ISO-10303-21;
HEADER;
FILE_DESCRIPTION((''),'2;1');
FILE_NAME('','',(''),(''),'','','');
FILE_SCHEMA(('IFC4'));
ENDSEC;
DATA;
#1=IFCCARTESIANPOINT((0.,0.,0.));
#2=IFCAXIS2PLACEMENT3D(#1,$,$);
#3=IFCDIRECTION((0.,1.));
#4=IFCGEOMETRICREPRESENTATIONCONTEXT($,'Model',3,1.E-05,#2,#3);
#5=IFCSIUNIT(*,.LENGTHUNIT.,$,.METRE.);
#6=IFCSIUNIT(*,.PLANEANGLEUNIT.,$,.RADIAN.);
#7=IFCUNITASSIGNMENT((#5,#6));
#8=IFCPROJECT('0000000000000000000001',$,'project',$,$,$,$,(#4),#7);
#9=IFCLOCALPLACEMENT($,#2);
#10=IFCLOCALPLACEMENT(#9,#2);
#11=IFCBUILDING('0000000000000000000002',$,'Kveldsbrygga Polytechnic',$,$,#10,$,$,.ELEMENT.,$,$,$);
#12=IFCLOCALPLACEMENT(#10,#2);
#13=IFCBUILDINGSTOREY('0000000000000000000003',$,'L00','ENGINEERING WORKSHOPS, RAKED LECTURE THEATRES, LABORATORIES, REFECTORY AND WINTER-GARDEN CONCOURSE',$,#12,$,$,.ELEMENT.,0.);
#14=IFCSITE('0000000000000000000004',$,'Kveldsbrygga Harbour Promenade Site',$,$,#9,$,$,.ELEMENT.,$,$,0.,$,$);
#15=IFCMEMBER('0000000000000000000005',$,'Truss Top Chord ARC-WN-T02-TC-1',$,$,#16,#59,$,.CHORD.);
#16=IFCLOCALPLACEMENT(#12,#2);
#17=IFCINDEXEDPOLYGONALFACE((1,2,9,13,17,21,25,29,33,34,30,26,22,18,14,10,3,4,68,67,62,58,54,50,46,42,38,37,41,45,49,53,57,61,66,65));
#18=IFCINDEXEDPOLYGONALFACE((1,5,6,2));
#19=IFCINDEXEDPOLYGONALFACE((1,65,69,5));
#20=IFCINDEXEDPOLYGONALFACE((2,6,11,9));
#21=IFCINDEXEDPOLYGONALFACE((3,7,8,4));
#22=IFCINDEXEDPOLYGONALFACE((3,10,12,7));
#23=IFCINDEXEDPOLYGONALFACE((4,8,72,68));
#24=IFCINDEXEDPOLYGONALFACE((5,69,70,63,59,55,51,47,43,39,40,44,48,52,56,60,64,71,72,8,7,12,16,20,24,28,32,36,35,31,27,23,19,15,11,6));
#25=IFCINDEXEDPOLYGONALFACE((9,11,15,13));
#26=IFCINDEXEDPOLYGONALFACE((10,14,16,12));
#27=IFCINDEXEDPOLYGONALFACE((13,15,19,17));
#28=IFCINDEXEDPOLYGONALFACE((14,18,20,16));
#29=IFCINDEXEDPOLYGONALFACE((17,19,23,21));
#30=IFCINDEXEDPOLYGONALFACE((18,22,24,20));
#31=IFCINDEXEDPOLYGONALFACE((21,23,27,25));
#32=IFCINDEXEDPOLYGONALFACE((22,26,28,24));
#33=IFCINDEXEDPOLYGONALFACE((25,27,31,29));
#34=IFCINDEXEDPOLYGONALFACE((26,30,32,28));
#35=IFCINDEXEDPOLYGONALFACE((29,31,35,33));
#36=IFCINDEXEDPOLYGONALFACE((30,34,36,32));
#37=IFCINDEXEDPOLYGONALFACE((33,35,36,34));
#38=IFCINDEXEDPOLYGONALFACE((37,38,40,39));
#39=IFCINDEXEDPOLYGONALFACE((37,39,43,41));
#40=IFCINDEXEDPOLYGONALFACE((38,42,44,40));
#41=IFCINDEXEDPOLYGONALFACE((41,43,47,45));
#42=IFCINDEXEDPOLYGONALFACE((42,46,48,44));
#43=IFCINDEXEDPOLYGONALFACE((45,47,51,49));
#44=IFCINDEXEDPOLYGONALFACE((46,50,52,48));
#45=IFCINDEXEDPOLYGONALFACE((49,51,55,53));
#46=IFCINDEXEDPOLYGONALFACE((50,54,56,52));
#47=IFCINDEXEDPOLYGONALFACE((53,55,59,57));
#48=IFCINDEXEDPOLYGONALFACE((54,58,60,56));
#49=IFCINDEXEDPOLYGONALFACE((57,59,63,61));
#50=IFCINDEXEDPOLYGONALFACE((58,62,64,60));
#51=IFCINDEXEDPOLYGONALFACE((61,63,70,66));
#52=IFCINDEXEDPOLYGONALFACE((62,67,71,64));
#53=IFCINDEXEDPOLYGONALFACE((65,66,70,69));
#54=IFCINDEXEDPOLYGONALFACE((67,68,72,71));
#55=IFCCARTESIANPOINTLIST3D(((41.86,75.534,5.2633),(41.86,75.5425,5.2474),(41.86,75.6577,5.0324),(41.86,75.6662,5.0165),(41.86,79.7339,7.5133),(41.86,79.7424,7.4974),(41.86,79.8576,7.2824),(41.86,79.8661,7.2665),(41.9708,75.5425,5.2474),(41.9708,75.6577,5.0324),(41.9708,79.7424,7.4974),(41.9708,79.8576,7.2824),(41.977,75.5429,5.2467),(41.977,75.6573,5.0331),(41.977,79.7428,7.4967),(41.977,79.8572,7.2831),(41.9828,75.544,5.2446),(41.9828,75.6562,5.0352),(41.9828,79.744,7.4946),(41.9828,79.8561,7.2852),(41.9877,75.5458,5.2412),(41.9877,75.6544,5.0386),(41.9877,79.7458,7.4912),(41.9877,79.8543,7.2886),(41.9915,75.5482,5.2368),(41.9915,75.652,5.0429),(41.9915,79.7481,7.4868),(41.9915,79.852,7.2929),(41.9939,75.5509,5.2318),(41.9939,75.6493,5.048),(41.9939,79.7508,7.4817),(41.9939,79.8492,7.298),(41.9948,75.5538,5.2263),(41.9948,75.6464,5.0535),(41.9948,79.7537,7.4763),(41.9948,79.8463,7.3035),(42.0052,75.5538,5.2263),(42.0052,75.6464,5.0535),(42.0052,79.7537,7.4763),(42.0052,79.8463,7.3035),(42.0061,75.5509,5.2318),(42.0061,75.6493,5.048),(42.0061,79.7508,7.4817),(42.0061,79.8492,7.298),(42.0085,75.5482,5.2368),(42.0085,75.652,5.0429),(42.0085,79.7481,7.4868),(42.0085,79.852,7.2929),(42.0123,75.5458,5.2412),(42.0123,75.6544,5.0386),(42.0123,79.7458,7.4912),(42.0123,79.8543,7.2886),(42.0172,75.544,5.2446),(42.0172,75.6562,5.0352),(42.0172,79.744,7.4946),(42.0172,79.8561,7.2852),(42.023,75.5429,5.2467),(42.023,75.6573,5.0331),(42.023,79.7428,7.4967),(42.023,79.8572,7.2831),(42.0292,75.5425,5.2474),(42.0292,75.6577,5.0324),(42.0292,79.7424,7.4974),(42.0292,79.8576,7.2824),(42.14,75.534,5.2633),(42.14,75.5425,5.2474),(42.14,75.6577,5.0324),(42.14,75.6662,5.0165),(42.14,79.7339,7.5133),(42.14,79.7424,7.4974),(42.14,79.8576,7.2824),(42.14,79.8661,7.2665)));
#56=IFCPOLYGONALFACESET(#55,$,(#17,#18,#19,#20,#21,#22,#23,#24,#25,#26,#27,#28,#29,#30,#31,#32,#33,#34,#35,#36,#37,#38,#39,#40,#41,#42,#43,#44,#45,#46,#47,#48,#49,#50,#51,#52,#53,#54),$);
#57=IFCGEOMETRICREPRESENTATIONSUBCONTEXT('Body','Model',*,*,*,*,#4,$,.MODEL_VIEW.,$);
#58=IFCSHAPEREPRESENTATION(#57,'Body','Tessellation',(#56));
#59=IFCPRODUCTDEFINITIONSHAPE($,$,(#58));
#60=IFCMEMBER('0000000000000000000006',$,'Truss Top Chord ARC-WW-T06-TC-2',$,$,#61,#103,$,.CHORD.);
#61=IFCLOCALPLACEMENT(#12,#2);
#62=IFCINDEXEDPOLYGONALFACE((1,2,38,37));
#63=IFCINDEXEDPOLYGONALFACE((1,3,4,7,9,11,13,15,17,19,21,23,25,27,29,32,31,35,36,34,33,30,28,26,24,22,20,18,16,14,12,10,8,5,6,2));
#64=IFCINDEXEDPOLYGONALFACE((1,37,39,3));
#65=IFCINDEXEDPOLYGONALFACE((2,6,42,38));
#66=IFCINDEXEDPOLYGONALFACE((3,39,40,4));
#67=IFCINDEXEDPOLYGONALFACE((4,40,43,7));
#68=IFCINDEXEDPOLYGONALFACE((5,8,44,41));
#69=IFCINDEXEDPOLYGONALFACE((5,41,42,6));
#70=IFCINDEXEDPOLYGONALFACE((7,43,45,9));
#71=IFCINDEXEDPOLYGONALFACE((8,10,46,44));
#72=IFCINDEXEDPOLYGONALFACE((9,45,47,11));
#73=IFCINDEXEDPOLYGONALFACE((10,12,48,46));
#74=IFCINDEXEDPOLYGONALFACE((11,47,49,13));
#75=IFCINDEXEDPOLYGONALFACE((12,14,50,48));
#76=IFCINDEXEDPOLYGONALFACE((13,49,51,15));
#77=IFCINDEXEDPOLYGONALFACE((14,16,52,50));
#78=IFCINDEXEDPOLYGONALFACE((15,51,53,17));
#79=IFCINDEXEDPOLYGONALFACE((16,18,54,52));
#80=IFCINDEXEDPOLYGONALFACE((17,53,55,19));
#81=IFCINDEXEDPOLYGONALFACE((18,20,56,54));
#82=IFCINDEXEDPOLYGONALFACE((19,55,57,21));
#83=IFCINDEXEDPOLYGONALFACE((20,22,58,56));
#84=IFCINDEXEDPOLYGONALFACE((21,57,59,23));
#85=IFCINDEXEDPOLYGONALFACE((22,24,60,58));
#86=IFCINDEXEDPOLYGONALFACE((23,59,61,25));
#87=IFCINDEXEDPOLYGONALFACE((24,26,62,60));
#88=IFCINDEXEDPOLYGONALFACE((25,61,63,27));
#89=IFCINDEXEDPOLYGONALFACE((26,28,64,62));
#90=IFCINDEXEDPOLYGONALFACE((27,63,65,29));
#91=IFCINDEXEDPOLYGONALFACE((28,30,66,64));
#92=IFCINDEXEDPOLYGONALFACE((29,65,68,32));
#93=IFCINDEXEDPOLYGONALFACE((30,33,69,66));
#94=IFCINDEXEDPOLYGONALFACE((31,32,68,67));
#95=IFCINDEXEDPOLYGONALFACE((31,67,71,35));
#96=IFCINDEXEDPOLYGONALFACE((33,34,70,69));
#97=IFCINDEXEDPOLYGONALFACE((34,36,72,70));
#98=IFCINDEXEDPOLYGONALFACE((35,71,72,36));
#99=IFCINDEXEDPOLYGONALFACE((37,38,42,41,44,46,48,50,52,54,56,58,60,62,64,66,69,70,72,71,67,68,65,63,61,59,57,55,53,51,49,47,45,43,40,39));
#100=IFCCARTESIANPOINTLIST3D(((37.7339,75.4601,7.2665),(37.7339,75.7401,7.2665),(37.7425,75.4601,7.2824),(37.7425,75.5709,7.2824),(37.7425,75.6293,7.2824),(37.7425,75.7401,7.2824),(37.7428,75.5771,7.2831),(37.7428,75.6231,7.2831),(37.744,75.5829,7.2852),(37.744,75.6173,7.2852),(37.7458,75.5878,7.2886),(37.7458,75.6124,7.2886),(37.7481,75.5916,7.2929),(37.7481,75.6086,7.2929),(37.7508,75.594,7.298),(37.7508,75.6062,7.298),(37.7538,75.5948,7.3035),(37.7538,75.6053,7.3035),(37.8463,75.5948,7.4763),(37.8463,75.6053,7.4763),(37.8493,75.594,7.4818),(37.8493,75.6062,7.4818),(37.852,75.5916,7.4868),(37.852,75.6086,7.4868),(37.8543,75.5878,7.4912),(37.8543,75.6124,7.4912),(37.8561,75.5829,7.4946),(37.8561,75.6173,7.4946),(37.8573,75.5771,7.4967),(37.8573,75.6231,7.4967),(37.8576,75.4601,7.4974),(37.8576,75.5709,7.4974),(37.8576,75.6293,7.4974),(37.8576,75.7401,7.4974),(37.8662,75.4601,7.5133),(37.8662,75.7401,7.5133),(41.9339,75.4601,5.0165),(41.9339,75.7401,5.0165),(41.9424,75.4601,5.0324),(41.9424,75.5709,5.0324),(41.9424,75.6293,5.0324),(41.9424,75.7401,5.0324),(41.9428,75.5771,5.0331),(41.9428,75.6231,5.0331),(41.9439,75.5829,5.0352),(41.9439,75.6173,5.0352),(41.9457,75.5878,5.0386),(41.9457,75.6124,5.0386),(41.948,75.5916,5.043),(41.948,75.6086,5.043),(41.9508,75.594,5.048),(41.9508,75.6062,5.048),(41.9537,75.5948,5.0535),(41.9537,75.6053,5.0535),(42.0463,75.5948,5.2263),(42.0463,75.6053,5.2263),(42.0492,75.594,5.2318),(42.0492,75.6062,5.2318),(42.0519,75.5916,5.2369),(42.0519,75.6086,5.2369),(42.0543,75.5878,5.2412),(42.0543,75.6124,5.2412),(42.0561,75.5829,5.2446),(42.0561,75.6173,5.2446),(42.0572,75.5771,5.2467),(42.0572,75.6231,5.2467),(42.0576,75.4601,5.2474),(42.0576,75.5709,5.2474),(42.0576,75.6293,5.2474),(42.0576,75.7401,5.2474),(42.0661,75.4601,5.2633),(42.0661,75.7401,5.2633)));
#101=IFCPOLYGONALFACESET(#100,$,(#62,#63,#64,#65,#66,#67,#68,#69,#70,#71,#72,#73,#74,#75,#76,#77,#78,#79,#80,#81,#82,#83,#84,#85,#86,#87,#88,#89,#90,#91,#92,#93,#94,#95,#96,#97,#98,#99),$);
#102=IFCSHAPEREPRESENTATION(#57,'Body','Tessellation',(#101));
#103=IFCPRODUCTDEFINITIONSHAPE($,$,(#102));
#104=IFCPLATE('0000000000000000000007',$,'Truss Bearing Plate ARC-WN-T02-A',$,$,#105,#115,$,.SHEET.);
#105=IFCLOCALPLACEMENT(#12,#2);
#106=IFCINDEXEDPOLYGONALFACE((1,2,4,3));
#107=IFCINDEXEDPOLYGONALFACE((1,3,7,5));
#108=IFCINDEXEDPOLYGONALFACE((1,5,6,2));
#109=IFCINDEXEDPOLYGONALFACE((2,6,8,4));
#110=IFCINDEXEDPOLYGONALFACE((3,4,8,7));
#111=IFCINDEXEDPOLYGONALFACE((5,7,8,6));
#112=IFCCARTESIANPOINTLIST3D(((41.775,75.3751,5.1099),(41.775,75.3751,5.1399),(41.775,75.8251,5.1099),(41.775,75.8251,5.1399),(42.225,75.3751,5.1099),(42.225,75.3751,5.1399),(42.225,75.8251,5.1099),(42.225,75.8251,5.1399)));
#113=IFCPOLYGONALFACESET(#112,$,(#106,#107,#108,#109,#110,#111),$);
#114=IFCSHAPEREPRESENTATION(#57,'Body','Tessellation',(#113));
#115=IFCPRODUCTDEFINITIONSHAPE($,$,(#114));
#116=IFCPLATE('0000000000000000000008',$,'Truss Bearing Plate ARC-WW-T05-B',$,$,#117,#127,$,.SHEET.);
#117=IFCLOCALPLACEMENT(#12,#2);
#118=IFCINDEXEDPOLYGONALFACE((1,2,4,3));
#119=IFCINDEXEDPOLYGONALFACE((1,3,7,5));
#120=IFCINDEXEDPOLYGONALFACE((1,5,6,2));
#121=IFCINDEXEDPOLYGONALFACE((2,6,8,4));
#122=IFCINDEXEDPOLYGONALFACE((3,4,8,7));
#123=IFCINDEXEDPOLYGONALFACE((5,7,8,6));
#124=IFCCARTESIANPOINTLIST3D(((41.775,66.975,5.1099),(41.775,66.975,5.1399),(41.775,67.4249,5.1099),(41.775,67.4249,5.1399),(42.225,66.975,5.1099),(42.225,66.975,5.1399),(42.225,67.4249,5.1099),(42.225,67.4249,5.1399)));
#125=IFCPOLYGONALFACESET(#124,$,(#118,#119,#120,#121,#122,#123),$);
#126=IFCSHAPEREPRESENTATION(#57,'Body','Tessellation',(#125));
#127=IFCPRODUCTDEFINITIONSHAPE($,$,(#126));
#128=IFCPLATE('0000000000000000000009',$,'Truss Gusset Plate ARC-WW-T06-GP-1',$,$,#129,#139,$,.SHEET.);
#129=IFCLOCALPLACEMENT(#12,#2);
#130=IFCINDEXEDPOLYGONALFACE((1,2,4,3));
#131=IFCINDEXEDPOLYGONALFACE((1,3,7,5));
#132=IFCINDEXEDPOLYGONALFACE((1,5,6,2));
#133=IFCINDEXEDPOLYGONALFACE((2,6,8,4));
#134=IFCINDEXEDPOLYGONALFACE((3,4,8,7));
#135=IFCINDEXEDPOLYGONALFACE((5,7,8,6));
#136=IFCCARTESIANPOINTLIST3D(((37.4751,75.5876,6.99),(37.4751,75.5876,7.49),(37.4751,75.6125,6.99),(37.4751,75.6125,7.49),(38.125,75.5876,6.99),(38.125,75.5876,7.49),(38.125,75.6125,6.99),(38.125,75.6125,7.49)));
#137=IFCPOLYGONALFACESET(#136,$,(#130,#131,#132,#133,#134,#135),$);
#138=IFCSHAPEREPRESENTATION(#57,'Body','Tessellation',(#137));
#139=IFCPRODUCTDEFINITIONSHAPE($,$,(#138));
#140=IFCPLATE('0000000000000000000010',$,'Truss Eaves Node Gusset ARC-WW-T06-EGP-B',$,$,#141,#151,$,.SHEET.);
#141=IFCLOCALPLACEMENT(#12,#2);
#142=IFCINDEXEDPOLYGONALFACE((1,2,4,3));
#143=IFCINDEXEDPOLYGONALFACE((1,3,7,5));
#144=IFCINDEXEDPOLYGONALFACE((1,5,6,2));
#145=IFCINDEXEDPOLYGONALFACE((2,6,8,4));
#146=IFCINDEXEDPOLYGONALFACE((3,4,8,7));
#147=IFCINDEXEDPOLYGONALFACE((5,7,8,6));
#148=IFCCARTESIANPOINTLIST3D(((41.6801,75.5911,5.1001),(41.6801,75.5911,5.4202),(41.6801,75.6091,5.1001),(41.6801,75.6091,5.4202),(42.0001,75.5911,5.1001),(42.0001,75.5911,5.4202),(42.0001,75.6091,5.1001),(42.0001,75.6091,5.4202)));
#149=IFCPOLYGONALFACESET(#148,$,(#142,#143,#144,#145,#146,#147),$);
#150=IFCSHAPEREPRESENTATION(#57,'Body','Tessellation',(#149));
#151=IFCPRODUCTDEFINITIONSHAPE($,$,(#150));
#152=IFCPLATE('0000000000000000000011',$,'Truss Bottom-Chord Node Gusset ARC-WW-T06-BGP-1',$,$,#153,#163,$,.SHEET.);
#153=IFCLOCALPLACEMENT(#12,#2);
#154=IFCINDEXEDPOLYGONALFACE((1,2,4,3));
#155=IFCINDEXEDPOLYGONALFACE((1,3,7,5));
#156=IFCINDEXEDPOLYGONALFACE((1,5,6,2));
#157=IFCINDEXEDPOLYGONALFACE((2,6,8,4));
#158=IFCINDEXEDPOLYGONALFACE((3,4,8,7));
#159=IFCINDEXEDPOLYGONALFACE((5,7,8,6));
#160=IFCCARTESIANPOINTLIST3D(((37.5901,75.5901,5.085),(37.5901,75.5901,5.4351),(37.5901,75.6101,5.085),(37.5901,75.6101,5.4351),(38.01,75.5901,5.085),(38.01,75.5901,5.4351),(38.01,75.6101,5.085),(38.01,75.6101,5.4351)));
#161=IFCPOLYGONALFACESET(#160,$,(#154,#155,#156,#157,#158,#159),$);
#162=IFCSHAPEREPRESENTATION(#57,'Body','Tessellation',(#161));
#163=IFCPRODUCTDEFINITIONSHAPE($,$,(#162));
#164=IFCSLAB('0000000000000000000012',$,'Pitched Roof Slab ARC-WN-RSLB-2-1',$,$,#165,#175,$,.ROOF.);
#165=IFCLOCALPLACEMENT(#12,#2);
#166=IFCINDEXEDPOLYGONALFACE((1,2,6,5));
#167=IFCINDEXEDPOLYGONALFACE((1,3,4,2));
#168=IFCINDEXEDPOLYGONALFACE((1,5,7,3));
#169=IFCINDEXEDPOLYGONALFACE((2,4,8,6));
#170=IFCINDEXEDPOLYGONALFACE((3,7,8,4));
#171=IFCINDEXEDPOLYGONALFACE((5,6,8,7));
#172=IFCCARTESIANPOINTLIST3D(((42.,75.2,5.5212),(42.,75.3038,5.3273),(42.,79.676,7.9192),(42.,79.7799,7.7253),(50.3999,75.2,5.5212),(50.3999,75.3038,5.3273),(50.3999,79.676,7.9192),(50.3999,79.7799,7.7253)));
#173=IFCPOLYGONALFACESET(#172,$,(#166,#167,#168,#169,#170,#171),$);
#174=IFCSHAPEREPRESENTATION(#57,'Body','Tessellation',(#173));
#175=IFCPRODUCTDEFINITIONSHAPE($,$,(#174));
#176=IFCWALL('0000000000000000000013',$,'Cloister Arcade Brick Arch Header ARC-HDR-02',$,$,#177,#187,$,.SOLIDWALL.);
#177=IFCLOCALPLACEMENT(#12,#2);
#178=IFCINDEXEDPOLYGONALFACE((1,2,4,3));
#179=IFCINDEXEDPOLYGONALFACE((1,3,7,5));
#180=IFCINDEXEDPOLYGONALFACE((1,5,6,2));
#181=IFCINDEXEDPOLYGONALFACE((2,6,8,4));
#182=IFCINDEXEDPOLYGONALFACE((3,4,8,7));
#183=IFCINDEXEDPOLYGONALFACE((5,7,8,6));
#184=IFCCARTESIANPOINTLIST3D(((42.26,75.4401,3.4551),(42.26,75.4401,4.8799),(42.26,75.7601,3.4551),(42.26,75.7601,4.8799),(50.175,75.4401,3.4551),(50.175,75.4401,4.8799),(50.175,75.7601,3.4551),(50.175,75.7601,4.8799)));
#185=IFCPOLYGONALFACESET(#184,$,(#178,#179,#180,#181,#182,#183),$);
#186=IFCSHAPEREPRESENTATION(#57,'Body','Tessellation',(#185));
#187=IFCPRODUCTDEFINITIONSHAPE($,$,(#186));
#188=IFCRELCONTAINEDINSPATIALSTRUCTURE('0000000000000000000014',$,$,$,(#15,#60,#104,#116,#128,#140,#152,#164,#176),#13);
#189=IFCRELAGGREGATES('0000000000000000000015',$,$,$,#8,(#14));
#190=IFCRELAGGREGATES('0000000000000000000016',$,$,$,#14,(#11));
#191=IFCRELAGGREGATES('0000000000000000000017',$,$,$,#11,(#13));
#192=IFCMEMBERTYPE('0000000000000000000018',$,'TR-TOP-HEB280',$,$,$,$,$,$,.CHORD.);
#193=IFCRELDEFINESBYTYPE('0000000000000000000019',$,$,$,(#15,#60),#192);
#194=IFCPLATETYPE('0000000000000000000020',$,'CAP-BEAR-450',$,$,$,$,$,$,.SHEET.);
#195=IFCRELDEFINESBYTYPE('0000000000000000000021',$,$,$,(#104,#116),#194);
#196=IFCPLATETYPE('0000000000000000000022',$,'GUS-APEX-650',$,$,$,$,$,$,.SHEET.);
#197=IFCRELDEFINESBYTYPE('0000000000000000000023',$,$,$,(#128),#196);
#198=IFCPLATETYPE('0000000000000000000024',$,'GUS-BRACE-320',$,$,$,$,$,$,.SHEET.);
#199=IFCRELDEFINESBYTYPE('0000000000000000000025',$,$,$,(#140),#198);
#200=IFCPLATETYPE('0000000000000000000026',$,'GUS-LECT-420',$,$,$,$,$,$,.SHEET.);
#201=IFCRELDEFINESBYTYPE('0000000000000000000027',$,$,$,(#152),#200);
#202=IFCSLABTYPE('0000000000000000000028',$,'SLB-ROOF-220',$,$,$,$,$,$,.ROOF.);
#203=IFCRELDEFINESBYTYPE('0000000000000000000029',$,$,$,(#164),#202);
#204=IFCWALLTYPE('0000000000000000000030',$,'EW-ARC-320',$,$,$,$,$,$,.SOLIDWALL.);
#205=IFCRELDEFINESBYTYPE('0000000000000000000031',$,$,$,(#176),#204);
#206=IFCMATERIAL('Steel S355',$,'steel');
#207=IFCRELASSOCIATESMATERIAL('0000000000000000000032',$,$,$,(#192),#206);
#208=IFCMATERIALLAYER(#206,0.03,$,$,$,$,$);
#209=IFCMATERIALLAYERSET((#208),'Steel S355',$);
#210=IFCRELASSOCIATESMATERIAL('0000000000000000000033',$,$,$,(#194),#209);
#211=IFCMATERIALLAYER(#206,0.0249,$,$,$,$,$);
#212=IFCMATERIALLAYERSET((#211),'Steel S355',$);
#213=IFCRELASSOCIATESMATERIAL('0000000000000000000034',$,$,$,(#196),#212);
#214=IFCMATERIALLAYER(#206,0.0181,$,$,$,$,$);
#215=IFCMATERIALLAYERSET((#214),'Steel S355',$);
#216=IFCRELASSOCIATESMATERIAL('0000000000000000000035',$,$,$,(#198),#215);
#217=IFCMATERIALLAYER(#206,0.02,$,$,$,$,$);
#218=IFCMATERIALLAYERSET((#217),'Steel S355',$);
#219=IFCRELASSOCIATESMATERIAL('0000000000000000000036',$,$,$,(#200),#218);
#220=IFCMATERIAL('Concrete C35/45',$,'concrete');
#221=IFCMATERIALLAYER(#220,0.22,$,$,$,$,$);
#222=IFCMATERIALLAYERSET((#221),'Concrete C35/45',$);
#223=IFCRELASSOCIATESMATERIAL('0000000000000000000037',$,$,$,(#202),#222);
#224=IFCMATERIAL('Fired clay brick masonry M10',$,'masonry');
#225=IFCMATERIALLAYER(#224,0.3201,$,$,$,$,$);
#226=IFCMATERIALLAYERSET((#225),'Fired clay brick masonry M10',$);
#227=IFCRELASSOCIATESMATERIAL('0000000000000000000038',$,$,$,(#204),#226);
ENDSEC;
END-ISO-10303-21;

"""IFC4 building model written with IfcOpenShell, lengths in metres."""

from ifc_helpers import new_model, si_unit, direction, frame, frame_2d, origin, origin_2d, place, context, subcontext, project, spatial, polyline, rectangle, i_section, outline, extrude, material, layer, layer_set, material_profile, profile_set, type_object, element, save


model = new_model("IFC4")

# Units and contexts
model_context = context("Model", 3, precision=1e-05, world=origin(), true_north=direction((0.0, 1.0)))
body_context = subcontext(model_context, "Body", "Model", "MODEL_VIEW")
ifc_project = project(units=[si_unit("LENGTHUNIT", "METRE"), si_unit("PLANEANGLEUNIT", "RADIAN")], contexts=[model_context])

# Site, building, storey
site_placement = place(None, origin())
site = spatial("IfcSite", under=ifc_project, at=site_placement, Name="Kveldsbrygga Harbour Promenade Site", CompositionType="ELEMENT", RefElevation=0.0)
building_placement = place(site_placement, origin())
building = spatial("IfcBuilding", under=site, at=building_placement, Name="Kveldsbrygga Polytechnic", CompositionType="ELEMENT")
storey_placement = place(building_placement, origin())
storey = spatial("IfcBuildingStorey", under=building, at=storey_placement, Name="L00", Description="ENGINEERING WORKSHOPS, RAKED LECTURE THEATRES, LABORATORIES, REFECTORY AND WINTER-GARDEN CONCOURSE", CompositionType="ELEMENT", Elevation=0.0)

# Shared definitions
ifc_material_1 = material(Name="Concrete C35/45", Category="concrete")

# Members
ifc_material_2 = material(Name="Steel S355", Category="steel")
ifc_material_profile_1 = material_profile(ifc_material_2, i_section(OverallWidth=0.28, OverallDepth=0.28, WebThickness=0.0105, FlangeThickness=0.0181, FilletRadius=0.0239, at=origin_2d()), Name="HEB 280")
ifc_profile_set_1 = profile_set([ifc_material_profile_1], Name="Steel S355")
member_type_1 = type_object("IfcMemberType", Name="TR-TOP-HEB280", PredefinedType="CHORD", material=ifc_profile_set_1)
for number, where, z_axis, x_axis, name in (
    (1, (42.0, 75.6001, 5.1399), (0.0, 0.881478, 0.472226), (-1.0, 0.0, 0.0), "Truss Top Chord ARC-WN-T02-TC-1"),
    (2, (37.8, 75.6001, 7.3899), (0.881478, 0.0, -0.472226), (0.0, 1.0, 0.0), "Truss Top Chord ARC-WW-T06-TC-2"),
):
    element("IfcMember", number, at=place(storey_placement, frame(where, z_axis=z_axis, x_axis=x_axis)), inside=storey, type_object=member_type_1, Name=name, PredefinedType="CHORD", context=body_context, shape_type="SweptSolid", body=[
        extrude(i_section(OverallWidth=0.28, OverallDepth=0.28, WebThickness=0.0105, FlangeThickness=0.0181, FilletRadius=0.0239, at=origin_2d()), origin(), (0.0, 0.0, 1.0), 4.7646),
    ])

# Plates
ifc_layer_1 = layer(ifc_material_2, 0.03)
ifc_layer_set_1 = layer_set([ifc_layer_1], Name="Steel S355")
plate_type_1 = type_object("IfcPlateType", Name="CAP-BEAR-450", PredefinedType="SHEET", material=ifc_layer_set_1)
for number, where, z_axis, x_axis, name in (
    (3, (42.0, 75.6001, 5.1099), (0.0, 0.0, 1.0), (1.0, 0.0, 0.0), "Truss Bearing Plate ARC-WN-T02-A"),
    (4, (42.0, 67.2, 5.1099), (0.0, 0.0, 1.0), (1.0, 0.0, 0.0), "Truss Bearing Plate ARC-WW-T05-B"),
):
    element("IfcPlate", number, at=place(storey_placement, frame(where, z_axis=z_axis, x_axis=x_axis)), inside=storey, type_object=plate_type_1, Name=name, PredefinedType="SHEET", context=body_context, shape_type="SweptSolid", body=[
        extrude(rectangle(XDim=0.45, YDim=0.45, at=origin_2d()), origin(), (0.0, 0.0, 1.0), 0.03),
    ])
ifc_layer_2 = layer(ifc_material_2, 0.0249)
ifc_layer_set_2 = layer_set([ifc_layer_2], Name="Steel S355")
plate_type_2 = type_object("IfcPlateType", Name="GUS-APEX-650", PredefinedType="SHEET", material=ifc_layer_set_2)
plate_1_placement = place(storey_placement, frame((37.8, 75.6001, 6.99), z_axis=(0.0, 0.0, 1.0), x_axis=(1.0, 0.0, 0.0)))
element("IfcPlate", 5, at=plate_1_placement, inside=storey, type_object=plate_type_2, Name="Truss Gusset Plate ARC-WW-T06-GP-1", PredefinedType="SHEET", context=body_context, shape_type="SweptSolid", body=[
    extrude(rectangle(XDim=0.6499, YDim=0.0249, at=origin_2d()), origin(), (0.0, 0.0, 1.0), 0.5),
])
ifc_layer_3 = layer(ifc_material_2, 0.0181)
ifc_layer_set_3 = layer_set([ifc_layer_3], Name="Steel S355")
plate_type_3 = type_object("IfcPlateType", Name="GUS-BRACE-320", PredefinedType="SHEET", material=ifc_layer_set_3)
plate_2_placement = place(storey_placement, frame((41.8401, 75.6001, 5.1001), z_axis=(0.0, 0.0, 1.0), x_axis=(1.0, 0.0, 0.0)))
element("IfcPlate", 6, at=plate_2_placement, inside=storey, type_object=plate_type_3, Name="Truss Eaves Node Gusset ARC-WW-T06-EGP-B", PredefinedType="SHEET", context=body_context, shape_type="SweptSolid", body=[
    extrude(rectangle(XDim=0.3201, YDim=0.0181, at=origin_2d()), origin(), (0.0, 0.0, 1.0), 0.3201),
])
ifc_layer_4 = layer(ifc_material_2, 0.02)
ifc_layer_set_4 = layer_set([ifc_layer_4], Name="Steel S355")
plate_type_4 = type_object("IfcPlateType", Name="GUS-LECT-420", PredefinedType="SHEET", material=ifc_layer_set_4)
plate_3_placement = place(storey_placement, frame((37.8, 75.6001, 5.085), z_axis=(0.0, 0.0, 1.0), x_axis=(1.0, 0.0, 0.0)))
element("IfcPlate", 7, at=plate_3_placement, inside=storey, type_object=plate_type_4, Name="Truss Bottom-Chord Node Gusset ARC-WW-T06-BGP-1", PredefinedType="SHEET", context=body_context, shape_type="SweptSolid", body=[
    extrude(rectangle(XDim=0.4199, YDim=0.02, at=origin_2d()), origin(), (0.0, 0.0, 1.0), 0.3501),
])

# Slab
ifc_layer_5 = layer(ifc_material_1, 0.22)
ifc_layer_set_5 = layer_set([ifc_layer_5], Name="Concrete C35/45")
slab_type = type_object("IfcSlabType", Name="SLB-ROOF-220", PredefinedType="ROOF", material=ifc_layer_set_5)
slab_placement = place(storey_placement, frame((42.0, 75.2, 5.5212), z_axis=(0.0, -0.472229, 0.881476), x_axis=(1.0, 0.0, 0.0)))
element("IfcSlab", 8, at=slab_placement, inside=storey, type_object=slab_type, Name="Pitched Roof Slab ARC-WN-RSLB-2-1", PredefinedType="ROOF", context=body_context, shape_type="SweptSolid", body=[
    extrude(outline(polyline([(0.0, 0.0), (8.3999, 0.0), (8.3999, 5.0779), (0.0, 5.0779), (0.0, 0.0)])), origin(), (0.0, 0.0, -1.0), 0.22),
])

# Wall
ifc_material_3 = material(Name="Fired clay brick masonry M10", Category="masonry")
ifc_layer_6 = layer(ifc_material_3, 0.3201)
ifc_layer_set_6 = layer_set([ifc_layer_6], Name="Fired clay brick masonry M10")
wall_type_1 = type_object("IfcWallType", Name="EW-ARC-320", PredefinedType="SOLIDWALL", material=ifc_layer_set_6)
wall_1_placement = place(storey_placement, frame((42.26, 75.6001, 3.4551), z_axis=(0.0, 0.0, 1.0), x_axis=(1.0, 0.0, 0.0)))
element("IfcWall", 9, at=wall_1_placement, inside=storey, type_object=wall_type_1, Name="Cloister Arcade Brick Arch Header ARC-HDR-02", PredefinedType="SOLIDWALL", context=body_context, shape_type="SweptSolid", body=[
    extrude(rectangle(XDim=7.915, YDim=0.3201, at=frame_2d((3.9575, 0.0))), origin(), (0.0, 0.0, 1.0), 1.4248),
])

save(model, "model.ifc")
